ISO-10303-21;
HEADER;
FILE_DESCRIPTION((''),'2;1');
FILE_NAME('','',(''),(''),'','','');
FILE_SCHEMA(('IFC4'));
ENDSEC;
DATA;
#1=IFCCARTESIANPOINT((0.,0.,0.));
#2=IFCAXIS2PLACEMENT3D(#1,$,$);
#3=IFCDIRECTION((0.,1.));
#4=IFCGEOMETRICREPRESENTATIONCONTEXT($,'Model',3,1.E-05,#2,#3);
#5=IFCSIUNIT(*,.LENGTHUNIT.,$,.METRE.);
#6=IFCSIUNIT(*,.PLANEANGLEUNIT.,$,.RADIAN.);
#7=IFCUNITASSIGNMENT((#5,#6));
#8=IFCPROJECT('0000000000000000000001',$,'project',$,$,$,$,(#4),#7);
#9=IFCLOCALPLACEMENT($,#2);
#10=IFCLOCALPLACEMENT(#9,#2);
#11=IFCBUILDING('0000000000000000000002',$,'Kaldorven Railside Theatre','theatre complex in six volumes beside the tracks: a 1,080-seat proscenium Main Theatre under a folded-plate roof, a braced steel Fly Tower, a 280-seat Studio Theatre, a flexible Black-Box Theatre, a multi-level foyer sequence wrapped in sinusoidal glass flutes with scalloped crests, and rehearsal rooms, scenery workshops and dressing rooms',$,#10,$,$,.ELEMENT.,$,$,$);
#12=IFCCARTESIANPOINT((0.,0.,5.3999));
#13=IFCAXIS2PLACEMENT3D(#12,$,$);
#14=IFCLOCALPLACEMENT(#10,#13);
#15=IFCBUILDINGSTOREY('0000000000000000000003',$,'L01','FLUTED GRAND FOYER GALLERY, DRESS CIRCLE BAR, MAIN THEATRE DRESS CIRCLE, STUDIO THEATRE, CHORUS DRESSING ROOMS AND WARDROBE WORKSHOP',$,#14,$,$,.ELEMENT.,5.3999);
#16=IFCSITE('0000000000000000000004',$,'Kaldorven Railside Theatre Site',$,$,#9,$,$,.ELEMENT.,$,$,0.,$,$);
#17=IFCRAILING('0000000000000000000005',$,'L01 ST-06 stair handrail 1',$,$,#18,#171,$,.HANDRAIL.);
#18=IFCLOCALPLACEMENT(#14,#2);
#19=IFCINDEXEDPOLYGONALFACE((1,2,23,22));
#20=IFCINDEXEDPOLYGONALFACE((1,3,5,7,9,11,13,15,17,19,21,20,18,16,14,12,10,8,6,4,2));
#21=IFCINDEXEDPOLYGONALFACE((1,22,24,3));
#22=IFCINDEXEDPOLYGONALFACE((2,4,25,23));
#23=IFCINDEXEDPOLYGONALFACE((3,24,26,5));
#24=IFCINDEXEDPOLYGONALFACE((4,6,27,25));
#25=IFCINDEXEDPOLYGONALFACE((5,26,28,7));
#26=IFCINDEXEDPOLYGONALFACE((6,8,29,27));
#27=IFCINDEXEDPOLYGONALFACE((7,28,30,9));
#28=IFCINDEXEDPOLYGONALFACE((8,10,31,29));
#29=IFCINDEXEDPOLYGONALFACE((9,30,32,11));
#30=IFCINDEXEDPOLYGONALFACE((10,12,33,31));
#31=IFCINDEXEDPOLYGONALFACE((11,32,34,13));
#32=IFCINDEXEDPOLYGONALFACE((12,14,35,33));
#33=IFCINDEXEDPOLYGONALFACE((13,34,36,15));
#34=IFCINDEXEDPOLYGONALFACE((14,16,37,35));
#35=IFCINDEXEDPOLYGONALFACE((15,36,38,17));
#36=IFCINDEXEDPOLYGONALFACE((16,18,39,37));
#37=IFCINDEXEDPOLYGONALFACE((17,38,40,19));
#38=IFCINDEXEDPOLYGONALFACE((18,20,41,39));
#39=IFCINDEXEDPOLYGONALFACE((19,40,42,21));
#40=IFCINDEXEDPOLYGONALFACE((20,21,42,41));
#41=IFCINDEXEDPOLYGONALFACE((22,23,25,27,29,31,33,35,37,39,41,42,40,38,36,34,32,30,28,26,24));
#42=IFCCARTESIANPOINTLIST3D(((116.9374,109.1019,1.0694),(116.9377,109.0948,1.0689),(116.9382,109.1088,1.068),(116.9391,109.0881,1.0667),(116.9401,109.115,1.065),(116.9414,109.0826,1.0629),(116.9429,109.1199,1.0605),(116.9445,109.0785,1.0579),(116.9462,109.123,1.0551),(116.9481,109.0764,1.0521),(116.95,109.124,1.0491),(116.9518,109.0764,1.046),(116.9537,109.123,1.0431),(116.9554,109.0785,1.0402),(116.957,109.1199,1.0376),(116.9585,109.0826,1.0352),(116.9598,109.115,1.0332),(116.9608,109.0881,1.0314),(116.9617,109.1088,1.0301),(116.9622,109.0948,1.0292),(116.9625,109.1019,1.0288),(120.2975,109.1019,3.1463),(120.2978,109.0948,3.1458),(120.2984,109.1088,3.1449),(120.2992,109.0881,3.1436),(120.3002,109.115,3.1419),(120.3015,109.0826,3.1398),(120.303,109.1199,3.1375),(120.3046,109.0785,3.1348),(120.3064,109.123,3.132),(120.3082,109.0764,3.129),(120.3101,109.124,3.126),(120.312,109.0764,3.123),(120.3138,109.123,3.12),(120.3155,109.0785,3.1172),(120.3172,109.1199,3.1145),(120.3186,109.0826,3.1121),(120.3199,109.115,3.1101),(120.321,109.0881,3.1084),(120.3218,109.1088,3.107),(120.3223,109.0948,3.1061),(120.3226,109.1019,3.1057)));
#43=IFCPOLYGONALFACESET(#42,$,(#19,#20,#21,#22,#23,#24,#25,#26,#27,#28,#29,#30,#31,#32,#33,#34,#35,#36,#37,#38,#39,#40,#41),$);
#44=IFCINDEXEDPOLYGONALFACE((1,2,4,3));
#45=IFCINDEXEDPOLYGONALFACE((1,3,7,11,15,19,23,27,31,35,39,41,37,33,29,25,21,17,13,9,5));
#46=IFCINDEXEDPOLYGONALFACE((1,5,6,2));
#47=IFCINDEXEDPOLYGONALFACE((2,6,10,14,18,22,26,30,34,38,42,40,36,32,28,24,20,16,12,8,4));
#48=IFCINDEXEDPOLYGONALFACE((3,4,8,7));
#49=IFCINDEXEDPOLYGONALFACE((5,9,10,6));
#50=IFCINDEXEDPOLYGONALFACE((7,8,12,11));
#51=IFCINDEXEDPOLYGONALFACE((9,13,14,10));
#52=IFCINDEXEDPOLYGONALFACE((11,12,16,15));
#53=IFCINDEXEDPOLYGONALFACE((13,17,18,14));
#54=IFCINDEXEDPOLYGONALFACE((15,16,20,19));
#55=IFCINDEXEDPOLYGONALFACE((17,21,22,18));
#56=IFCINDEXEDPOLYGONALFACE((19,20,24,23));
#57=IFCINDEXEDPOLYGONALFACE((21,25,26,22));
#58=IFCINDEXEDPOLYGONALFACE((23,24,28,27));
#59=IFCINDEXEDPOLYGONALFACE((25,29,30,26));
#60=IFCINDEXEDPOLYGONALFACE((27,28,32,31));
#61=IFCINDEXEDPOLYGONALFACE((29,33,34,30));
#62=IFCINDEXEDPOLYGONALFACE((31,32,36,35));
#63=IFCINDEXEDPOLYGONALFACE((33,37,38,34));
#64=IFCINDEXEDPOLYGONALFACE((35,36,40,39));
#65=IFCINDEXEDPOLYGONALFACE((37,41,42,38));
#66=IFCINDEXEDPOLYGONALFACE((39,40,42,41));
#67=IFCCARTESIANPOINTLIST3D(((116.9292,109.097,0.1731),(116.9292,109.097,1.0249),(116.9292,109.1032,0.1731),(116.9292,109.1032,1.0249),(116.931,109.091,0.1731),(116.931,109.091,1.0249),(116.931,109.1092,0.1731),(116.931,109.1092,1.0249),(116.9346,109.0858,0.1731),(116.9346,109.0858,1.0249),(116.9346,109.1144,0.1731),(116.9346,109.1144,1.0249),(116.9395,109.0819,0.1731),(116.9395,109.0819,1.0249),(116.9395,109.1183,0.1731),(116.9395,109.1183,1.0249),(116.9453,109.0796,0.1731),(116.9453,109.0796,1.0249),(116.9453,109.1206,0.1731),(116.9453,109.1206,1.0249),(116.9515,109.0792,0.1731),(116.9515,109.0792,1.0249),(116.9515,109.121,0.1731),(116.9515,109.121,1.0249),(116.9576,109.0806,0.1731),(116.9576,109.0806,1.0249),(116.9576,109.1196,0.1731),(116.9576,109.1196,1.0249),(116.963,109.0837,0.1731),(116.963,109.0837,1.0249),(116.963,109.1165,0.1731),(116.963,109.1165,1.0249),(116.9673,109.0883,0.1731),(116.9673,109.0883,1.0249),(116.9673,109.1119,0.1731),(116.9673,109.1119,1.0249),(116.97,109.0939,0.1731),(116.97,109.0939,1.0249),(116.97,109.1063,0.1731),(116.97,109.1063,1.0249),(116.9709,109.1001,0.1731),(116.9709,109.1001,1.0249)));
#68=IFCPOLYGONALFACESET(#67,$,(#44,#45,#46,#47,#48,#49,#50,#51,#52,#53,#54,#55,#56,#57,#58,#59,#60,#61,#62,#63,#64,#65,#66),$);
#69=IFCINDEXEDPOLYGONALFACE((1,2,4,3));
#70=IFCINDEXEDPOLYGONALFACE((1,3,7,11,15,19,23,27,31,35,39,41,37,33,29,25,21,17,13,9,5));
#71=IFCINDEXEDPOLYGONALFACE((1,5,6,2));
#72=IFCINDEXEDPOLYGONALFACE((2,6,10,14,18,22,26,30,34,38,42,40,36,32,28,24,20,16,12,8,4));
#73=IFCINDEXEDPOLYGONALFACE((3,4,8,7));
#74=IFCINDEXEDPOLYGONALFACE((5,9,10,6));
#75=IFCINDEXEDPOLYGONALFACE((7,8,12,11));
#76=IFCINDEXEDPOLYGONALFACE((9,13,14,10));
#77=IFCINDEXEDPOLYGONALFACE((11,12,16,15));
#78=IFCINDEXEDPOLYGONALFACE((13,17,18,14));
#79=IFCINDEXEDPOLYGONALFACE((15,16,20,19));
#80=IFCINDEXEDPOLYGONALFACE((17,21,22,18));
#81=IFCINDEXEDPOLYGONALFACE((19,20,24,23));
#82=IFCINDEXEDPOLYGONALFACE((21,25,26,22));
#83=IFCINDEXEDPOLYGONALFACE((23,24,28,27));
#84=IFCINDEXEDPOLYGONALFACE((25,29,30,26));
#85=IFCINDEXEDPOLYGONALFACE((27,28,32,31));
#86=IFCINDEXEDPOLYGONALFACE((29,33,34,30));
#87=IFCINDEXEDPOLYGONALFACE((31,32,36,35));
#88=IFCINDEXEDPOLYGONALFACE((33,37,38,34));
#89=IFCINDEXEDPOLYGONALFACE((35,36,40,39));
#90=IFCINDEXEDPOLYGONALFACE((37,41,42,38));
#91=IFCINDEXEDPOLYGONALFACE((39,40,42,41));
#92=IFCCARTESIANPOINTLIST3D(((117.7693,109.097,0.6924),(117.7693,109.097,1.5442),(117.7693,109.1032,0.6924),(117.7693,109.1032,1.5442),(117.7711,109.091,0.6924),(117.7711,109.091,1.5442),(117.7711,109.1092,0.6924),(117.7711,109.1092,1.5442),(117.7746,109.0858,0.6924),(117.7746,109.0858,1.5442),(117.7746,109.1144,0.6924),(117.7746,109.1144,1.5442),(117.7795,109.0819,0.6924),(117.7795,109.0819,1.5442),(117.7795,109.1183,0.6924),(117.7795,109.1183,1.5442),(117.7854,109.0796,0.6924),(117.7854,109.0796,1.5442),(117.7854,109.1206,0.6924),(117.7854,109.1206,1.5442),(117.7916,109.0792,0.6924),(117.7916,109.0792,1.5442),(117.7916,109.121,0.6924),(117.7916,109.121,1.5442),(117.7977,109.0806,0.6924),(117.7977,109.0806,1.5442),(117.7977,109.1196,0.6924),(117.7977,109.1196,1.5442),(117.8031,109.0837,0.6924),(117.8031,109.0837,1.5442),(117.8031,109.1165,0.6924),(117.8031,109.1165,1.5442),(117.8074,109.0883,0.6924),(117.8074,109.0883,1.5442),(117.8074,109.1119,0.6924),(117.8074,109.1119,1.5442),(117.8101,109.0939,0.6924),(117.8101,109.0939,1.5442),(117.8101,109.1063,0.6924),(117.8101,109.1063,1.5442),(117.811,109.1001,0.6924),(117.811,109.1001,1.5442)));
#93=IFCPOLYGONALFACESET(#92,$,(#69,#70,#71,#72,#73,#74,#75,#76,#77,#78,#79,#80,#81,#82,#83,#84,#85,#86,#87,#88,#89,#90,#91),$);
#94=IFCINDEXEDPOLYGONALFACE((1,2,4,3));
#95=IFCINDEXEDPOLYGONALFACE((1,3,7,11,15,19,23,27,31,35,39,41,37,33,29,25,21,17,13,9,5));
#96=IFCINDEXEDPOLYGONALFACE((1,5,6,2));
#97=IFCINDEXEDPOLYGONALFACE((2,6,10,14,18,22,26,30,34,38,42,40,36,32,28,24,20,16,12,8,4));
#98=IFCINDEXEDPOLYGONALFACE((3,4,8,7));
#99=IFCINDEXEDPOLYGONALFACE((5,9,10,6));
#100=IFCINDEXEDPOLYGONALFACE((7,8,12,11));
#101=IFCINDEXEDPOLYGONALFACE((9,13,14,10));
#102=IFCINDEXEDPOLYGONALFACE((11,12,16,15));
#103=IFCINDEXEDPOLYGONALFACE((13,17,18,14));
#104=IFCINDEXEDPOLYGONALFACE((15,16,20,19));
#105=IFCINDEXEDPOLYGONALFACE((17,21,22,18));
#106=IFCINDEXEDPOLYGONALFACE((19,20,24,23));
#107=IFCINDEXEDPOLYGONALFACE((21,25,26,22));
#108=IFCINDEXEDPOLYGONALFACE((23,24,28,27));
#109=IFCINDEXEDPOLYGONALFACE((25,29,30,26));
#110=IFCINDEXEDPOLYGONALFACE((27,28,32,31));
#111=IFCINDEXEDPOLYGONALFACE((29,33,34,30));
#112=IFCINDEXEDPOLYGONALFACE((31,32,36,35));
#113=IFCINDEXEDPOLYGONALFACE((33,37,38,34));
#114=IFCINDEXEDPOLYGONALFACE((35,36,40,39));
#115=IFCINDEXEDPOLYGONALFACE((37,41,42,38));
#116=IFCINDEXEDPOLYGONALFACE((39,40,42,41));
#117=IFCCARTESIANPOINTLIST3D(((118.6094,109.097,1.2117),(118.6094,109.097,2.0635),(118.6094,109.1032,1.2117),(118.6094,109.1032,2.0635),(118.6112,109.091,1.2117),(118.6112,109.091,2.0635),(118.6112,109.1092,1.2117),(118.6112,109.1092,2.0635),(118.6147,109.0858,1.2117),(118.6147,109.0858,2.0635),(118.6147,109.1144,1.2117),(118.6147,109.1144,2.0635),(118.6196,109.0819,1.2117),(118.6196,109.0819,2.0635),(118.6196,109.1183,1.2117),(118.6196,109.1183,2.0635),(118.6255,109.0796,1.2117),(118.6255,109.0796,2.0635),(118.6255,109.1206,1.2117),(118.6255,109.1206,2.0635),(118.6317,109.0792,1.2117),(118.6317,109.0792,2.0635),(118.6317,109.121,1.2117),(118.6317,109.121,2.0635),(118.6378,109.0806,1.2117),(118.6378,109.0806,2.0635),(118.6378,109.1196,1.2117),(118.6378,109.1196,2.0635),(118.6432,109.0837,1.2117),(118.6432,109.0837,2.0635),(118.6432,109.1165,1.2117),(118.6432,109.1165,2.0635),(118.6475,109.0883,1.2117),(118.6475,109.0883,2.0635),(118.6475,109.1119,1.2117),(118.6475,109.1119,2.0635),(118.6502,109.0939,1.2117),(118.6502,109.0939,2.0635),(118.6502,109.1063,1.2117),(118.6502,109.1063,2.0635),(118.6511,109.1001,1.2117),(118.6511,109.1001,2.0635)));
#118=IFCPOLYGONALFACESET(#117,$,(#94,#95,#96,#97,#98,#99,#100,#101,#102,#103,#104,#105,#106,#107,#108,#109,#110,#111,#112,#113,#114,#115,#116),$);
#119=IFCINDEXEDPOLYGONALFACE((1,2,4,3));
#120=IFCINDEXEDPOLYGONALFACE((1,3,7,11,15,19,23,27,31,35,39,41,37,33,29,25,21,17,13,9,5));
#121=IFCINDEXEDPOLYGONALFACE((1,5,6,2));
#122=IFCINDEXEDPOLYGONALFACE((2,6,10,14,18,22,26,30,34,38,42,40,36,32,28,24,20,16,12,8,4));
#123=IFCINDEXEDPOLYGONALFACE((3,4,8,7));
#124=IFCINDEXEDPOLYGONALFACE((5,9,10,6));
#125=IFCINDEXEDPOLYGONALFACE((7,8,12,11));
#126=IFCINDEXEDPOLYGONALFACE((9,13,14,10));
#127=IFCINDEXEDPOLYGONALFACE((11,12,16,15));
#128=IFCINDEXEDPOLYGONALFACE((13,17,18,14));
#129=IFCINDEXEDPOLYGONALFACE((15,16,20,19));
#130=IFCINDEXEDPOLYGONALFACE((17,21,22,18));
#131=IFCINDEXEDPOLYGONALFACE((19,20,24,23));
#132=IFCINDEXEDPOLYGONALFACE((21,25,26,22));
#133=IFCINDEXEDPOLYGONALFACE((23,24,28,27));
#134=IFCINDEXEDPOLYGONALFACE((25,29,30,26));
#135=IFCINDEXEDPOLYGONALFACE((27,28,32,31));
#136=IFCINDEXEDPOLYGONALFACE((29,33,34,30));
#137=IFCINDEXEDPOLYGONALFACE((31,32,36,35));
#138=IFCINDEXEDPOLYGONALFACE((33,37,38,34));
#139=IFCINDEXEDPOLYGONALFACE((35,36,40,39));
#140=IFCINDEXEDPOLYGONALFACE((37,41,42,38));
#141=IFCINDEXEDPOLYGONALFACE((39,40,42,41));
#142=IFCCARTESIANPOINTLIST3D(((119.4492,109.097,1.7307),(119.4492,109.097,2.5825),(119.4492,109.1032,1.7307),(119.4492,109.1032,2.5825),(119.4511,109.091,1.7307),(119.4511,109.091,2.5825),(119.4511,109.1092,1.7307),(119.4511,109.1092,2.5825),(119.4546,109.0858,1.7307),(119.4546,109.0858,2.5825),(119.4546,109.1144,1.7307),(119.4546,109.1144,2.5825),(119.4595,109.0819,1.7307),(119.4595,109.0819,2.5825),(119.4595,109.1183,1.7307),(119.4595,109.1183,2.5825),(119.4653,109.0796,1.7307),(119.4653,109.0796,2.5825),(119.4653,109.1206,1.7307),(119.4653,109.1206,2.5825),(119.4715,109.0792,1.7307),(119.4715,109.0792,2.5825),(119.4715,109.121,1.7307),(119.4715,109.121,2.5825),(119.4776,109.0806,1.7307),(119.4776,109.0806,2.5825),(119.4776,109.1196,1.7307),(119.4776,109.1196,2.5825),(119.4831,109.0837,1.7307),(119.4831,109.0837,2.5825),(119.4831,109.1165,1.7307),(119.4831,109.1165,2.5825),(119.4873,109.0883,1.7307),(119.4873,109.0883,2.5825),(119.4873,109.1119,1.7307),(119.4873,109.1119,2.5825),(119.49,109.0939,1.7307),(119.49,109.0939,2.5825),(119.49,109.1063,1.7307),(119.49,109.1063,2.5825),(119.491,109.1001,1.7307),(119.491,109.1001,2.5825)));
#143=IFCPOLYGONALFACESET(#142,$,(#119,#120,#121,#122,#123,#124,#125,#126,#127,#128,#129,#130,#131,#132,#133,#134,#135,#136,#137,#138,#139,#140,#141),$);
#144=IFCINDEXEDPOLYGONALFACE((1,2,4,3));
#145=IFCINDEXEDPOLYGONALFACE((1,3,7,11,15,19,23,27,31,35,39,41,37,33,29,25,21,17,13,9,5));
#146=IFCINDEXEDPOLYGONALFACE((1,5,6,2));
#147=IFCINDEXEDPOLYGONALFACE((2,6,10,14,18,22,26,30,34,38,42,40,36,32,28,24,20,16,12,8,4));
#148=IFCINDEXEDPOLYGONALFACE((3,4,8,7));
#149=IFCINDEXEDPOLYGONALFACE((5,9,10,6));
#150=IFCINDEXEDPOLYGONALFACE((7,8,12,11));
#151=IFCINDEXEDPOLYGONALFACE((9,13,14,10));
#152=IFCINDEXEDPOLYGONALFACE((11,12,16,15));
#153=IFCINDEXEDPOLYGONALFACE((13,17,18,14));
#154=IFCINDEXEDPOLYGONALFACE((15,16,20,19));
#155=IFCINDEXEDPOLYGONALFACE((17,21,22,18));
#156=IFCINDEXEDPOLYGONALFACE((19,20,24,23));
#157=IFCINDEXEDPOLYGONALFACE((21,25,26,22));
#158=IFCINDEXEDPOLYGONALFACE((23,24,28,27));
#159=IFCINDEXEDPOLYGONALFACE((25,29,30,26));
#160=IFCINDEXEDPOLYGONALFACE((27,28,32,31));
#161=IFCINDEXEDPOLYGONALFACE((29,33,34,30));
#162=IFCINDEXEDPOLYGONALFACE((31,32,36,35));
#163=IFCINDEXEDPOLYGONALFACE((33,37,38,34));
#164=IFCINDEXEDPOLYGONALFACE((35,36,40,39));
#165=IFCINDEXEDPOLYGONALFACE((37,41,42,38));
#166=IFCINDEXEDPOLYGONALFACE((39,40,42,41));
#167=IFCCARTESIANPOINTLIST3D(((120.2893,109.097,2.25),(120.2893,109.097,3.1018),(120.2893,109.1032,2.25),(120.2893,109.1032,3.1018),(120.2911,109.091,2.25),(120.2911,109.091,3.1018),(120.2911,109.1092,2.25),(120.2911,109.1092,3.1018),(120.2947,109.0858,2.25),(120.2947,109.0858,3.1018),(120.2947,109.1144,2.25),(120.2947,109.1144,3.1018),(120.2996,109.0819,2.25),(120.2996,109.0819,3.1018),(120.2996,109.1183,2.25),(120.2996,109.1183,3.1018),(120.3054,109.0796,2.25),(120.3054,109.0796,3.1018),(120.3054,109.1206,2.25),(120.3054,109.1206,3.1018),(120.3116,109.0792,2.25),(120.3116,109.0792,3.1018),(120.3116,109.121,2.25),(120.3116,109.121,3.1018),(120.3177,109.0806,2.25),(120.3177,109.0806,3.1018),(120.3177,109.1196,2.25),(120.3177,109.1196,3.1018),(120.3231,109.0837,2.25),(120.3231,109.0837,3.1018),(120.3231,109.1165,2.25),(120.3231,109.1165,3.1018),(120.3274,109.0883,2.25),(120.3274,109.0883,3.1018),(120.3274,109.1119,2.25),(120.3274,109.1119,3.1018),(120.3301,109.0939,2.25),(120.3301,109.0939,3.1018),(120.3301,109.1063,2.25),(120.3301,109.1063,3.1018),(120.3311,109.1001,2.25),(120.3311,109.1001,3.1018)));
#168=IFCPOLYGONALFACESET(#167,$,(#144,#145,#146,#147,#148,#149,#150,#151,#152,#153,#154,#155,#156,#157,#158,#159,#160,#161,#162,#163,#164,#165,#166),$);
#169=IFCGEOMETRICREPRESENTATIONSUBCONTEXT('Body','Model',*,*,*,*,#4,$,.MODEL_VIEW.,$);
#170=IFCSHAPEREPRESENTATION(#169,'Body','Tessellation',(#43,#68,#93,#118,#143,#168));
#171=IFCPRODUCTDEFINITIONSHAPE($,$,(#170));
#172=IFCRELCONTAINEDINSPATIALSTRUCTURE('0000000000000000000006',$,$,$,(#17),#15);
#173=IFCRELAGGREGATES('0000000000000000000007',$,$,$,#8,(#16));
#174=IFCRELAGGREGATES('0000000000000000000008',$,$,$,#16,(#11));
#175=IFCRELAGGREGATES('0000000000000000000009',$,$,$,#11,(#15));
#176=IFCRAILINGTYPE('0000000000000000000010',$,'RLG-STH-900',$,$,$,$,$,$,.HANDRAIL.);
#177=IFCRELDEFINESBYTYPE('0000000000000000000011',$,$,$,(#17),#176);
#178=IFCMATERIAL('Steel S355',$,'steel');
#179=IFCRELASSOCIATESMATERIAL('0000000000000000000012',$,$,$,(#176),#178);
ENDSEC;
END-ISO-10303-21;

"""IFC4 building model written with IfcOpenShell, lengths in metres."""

from ifc_helpers import new_model, si_unit, direction, frame, origin, origin_2d, place, context, subcontext, project, spatial, circle, extrude, material, type_object, element, save


model = new_model("IFC4")

# Units and contexts
model_context = context("Model", 3, precision=1e-05, world=origin(), true_north=direction((0.0, 1.0)))
body_context = subcontext(model_context, "Body", "Model", "MODEL_VIEW")
ifc_project = project(units=[si_unit("LENGTHUNIT", "METRE"), si_unit("PLANEANGLEUNIT", "RADIAN")], contexts=[model_context])

# Site, building, storey
site_placement = place(None, origin())
site = spatial("IfcSite", under=ifc_project, at=site_placement, Name="Kaldorven Railside Theatre Site", CompositionType="ELEMENT", RefElevation=0.0)
building_placement = place(site_placement, origin())
building = spatial("IfcBuilding", under=site, at=building_placement, Name="Kaldorven Railside Theatre", Description="theatre complex in six volumes beside the tracks: a 1,080-seat proscenium Main Theatre under a folded-plate roof, a braced steel Fly Tower, a 280-seat Studio Theatre, a flexible Black-Box Theatre, a multi-level foyer sequence wrapped in sinusoidal glass flutes with scalloped crests, and rehearsal rooms, scenery workshops and dressing rooms", CompositionType="ELEMENT")
storey_placement = place(building_placement, frame((0.0, 0.0, 5.3999)))
storey = spatial("IfcBuildingStorey", under=building, at=storey_placement, Name="L01", Description="FLUTED GRAND FOYER GALLERY, DRESS CIRCLE BAR, MAIN THEATRE DRESS CIRCLE, STUDIO THEATRE, CHORUS DRESSING ROOMS AND WARDROBE WORKSHOP", CompositionType="ELEMENT", Elevation=5.3999)

# Shared definitions
ifc_material_1 = material(Name="Steel S355", Category="steel")

# Railing
railing_type_1 = type_object("IfcRailingType", Name="RLG-STH-900", PredefinedType="HANDRAIL", material=ifc_material_1)
railing_1_placement = place(storey_placement, frame((116.95, 109.1001, 0.1731)))
element("IfcRailing", 1, at=railing_1_placement, inside=storey, type_object=railing_type_1, Name="L01 ST-06 stair handrail 1", PredefinedType="HANDRAIL", context=body_context, shape_type="SweptSolid", body=[
    extrude(circle(Radius=0.0239, at=origin_2d()), frame((0.0, 0.0, 0.876), z_axis=(0.850623, 0.0, 0.525776), x_axis=(0.0, 1.0, 0.0)), (0.0, 0.0, 1.0), 3.9502),
    extrude(circle(Radius=0.021, at=origin_2d()), origin(), (0.0, 0.0, 1.0), 0.8518),
    extrude(circle(Radius=0.021, at=origin_2d()), frame((0.8401, 0.0, 0.5193)), (0.0, 0.0, 1.0), 0.8518),
    extrude(circle(Radius=0.021, at=origin_2d()), frame((1.6802, 0.0, 1.0386)), (0.0, 0.0, 1.0), 0.8518),
    extrude(circle(Radius=0.021, at=origin_2d()), frame((2.52, 0.0, 1.5576)), (0.0, 0.0, 1.0), 0.8518),
    extrude(circle(Radius=0.021, at=origin_2d()), frame((3.3601, 0.0, 2.0769)), (0.0, 0.0, 1.0), 0.8518),
])

save(model, "model.ifc")
